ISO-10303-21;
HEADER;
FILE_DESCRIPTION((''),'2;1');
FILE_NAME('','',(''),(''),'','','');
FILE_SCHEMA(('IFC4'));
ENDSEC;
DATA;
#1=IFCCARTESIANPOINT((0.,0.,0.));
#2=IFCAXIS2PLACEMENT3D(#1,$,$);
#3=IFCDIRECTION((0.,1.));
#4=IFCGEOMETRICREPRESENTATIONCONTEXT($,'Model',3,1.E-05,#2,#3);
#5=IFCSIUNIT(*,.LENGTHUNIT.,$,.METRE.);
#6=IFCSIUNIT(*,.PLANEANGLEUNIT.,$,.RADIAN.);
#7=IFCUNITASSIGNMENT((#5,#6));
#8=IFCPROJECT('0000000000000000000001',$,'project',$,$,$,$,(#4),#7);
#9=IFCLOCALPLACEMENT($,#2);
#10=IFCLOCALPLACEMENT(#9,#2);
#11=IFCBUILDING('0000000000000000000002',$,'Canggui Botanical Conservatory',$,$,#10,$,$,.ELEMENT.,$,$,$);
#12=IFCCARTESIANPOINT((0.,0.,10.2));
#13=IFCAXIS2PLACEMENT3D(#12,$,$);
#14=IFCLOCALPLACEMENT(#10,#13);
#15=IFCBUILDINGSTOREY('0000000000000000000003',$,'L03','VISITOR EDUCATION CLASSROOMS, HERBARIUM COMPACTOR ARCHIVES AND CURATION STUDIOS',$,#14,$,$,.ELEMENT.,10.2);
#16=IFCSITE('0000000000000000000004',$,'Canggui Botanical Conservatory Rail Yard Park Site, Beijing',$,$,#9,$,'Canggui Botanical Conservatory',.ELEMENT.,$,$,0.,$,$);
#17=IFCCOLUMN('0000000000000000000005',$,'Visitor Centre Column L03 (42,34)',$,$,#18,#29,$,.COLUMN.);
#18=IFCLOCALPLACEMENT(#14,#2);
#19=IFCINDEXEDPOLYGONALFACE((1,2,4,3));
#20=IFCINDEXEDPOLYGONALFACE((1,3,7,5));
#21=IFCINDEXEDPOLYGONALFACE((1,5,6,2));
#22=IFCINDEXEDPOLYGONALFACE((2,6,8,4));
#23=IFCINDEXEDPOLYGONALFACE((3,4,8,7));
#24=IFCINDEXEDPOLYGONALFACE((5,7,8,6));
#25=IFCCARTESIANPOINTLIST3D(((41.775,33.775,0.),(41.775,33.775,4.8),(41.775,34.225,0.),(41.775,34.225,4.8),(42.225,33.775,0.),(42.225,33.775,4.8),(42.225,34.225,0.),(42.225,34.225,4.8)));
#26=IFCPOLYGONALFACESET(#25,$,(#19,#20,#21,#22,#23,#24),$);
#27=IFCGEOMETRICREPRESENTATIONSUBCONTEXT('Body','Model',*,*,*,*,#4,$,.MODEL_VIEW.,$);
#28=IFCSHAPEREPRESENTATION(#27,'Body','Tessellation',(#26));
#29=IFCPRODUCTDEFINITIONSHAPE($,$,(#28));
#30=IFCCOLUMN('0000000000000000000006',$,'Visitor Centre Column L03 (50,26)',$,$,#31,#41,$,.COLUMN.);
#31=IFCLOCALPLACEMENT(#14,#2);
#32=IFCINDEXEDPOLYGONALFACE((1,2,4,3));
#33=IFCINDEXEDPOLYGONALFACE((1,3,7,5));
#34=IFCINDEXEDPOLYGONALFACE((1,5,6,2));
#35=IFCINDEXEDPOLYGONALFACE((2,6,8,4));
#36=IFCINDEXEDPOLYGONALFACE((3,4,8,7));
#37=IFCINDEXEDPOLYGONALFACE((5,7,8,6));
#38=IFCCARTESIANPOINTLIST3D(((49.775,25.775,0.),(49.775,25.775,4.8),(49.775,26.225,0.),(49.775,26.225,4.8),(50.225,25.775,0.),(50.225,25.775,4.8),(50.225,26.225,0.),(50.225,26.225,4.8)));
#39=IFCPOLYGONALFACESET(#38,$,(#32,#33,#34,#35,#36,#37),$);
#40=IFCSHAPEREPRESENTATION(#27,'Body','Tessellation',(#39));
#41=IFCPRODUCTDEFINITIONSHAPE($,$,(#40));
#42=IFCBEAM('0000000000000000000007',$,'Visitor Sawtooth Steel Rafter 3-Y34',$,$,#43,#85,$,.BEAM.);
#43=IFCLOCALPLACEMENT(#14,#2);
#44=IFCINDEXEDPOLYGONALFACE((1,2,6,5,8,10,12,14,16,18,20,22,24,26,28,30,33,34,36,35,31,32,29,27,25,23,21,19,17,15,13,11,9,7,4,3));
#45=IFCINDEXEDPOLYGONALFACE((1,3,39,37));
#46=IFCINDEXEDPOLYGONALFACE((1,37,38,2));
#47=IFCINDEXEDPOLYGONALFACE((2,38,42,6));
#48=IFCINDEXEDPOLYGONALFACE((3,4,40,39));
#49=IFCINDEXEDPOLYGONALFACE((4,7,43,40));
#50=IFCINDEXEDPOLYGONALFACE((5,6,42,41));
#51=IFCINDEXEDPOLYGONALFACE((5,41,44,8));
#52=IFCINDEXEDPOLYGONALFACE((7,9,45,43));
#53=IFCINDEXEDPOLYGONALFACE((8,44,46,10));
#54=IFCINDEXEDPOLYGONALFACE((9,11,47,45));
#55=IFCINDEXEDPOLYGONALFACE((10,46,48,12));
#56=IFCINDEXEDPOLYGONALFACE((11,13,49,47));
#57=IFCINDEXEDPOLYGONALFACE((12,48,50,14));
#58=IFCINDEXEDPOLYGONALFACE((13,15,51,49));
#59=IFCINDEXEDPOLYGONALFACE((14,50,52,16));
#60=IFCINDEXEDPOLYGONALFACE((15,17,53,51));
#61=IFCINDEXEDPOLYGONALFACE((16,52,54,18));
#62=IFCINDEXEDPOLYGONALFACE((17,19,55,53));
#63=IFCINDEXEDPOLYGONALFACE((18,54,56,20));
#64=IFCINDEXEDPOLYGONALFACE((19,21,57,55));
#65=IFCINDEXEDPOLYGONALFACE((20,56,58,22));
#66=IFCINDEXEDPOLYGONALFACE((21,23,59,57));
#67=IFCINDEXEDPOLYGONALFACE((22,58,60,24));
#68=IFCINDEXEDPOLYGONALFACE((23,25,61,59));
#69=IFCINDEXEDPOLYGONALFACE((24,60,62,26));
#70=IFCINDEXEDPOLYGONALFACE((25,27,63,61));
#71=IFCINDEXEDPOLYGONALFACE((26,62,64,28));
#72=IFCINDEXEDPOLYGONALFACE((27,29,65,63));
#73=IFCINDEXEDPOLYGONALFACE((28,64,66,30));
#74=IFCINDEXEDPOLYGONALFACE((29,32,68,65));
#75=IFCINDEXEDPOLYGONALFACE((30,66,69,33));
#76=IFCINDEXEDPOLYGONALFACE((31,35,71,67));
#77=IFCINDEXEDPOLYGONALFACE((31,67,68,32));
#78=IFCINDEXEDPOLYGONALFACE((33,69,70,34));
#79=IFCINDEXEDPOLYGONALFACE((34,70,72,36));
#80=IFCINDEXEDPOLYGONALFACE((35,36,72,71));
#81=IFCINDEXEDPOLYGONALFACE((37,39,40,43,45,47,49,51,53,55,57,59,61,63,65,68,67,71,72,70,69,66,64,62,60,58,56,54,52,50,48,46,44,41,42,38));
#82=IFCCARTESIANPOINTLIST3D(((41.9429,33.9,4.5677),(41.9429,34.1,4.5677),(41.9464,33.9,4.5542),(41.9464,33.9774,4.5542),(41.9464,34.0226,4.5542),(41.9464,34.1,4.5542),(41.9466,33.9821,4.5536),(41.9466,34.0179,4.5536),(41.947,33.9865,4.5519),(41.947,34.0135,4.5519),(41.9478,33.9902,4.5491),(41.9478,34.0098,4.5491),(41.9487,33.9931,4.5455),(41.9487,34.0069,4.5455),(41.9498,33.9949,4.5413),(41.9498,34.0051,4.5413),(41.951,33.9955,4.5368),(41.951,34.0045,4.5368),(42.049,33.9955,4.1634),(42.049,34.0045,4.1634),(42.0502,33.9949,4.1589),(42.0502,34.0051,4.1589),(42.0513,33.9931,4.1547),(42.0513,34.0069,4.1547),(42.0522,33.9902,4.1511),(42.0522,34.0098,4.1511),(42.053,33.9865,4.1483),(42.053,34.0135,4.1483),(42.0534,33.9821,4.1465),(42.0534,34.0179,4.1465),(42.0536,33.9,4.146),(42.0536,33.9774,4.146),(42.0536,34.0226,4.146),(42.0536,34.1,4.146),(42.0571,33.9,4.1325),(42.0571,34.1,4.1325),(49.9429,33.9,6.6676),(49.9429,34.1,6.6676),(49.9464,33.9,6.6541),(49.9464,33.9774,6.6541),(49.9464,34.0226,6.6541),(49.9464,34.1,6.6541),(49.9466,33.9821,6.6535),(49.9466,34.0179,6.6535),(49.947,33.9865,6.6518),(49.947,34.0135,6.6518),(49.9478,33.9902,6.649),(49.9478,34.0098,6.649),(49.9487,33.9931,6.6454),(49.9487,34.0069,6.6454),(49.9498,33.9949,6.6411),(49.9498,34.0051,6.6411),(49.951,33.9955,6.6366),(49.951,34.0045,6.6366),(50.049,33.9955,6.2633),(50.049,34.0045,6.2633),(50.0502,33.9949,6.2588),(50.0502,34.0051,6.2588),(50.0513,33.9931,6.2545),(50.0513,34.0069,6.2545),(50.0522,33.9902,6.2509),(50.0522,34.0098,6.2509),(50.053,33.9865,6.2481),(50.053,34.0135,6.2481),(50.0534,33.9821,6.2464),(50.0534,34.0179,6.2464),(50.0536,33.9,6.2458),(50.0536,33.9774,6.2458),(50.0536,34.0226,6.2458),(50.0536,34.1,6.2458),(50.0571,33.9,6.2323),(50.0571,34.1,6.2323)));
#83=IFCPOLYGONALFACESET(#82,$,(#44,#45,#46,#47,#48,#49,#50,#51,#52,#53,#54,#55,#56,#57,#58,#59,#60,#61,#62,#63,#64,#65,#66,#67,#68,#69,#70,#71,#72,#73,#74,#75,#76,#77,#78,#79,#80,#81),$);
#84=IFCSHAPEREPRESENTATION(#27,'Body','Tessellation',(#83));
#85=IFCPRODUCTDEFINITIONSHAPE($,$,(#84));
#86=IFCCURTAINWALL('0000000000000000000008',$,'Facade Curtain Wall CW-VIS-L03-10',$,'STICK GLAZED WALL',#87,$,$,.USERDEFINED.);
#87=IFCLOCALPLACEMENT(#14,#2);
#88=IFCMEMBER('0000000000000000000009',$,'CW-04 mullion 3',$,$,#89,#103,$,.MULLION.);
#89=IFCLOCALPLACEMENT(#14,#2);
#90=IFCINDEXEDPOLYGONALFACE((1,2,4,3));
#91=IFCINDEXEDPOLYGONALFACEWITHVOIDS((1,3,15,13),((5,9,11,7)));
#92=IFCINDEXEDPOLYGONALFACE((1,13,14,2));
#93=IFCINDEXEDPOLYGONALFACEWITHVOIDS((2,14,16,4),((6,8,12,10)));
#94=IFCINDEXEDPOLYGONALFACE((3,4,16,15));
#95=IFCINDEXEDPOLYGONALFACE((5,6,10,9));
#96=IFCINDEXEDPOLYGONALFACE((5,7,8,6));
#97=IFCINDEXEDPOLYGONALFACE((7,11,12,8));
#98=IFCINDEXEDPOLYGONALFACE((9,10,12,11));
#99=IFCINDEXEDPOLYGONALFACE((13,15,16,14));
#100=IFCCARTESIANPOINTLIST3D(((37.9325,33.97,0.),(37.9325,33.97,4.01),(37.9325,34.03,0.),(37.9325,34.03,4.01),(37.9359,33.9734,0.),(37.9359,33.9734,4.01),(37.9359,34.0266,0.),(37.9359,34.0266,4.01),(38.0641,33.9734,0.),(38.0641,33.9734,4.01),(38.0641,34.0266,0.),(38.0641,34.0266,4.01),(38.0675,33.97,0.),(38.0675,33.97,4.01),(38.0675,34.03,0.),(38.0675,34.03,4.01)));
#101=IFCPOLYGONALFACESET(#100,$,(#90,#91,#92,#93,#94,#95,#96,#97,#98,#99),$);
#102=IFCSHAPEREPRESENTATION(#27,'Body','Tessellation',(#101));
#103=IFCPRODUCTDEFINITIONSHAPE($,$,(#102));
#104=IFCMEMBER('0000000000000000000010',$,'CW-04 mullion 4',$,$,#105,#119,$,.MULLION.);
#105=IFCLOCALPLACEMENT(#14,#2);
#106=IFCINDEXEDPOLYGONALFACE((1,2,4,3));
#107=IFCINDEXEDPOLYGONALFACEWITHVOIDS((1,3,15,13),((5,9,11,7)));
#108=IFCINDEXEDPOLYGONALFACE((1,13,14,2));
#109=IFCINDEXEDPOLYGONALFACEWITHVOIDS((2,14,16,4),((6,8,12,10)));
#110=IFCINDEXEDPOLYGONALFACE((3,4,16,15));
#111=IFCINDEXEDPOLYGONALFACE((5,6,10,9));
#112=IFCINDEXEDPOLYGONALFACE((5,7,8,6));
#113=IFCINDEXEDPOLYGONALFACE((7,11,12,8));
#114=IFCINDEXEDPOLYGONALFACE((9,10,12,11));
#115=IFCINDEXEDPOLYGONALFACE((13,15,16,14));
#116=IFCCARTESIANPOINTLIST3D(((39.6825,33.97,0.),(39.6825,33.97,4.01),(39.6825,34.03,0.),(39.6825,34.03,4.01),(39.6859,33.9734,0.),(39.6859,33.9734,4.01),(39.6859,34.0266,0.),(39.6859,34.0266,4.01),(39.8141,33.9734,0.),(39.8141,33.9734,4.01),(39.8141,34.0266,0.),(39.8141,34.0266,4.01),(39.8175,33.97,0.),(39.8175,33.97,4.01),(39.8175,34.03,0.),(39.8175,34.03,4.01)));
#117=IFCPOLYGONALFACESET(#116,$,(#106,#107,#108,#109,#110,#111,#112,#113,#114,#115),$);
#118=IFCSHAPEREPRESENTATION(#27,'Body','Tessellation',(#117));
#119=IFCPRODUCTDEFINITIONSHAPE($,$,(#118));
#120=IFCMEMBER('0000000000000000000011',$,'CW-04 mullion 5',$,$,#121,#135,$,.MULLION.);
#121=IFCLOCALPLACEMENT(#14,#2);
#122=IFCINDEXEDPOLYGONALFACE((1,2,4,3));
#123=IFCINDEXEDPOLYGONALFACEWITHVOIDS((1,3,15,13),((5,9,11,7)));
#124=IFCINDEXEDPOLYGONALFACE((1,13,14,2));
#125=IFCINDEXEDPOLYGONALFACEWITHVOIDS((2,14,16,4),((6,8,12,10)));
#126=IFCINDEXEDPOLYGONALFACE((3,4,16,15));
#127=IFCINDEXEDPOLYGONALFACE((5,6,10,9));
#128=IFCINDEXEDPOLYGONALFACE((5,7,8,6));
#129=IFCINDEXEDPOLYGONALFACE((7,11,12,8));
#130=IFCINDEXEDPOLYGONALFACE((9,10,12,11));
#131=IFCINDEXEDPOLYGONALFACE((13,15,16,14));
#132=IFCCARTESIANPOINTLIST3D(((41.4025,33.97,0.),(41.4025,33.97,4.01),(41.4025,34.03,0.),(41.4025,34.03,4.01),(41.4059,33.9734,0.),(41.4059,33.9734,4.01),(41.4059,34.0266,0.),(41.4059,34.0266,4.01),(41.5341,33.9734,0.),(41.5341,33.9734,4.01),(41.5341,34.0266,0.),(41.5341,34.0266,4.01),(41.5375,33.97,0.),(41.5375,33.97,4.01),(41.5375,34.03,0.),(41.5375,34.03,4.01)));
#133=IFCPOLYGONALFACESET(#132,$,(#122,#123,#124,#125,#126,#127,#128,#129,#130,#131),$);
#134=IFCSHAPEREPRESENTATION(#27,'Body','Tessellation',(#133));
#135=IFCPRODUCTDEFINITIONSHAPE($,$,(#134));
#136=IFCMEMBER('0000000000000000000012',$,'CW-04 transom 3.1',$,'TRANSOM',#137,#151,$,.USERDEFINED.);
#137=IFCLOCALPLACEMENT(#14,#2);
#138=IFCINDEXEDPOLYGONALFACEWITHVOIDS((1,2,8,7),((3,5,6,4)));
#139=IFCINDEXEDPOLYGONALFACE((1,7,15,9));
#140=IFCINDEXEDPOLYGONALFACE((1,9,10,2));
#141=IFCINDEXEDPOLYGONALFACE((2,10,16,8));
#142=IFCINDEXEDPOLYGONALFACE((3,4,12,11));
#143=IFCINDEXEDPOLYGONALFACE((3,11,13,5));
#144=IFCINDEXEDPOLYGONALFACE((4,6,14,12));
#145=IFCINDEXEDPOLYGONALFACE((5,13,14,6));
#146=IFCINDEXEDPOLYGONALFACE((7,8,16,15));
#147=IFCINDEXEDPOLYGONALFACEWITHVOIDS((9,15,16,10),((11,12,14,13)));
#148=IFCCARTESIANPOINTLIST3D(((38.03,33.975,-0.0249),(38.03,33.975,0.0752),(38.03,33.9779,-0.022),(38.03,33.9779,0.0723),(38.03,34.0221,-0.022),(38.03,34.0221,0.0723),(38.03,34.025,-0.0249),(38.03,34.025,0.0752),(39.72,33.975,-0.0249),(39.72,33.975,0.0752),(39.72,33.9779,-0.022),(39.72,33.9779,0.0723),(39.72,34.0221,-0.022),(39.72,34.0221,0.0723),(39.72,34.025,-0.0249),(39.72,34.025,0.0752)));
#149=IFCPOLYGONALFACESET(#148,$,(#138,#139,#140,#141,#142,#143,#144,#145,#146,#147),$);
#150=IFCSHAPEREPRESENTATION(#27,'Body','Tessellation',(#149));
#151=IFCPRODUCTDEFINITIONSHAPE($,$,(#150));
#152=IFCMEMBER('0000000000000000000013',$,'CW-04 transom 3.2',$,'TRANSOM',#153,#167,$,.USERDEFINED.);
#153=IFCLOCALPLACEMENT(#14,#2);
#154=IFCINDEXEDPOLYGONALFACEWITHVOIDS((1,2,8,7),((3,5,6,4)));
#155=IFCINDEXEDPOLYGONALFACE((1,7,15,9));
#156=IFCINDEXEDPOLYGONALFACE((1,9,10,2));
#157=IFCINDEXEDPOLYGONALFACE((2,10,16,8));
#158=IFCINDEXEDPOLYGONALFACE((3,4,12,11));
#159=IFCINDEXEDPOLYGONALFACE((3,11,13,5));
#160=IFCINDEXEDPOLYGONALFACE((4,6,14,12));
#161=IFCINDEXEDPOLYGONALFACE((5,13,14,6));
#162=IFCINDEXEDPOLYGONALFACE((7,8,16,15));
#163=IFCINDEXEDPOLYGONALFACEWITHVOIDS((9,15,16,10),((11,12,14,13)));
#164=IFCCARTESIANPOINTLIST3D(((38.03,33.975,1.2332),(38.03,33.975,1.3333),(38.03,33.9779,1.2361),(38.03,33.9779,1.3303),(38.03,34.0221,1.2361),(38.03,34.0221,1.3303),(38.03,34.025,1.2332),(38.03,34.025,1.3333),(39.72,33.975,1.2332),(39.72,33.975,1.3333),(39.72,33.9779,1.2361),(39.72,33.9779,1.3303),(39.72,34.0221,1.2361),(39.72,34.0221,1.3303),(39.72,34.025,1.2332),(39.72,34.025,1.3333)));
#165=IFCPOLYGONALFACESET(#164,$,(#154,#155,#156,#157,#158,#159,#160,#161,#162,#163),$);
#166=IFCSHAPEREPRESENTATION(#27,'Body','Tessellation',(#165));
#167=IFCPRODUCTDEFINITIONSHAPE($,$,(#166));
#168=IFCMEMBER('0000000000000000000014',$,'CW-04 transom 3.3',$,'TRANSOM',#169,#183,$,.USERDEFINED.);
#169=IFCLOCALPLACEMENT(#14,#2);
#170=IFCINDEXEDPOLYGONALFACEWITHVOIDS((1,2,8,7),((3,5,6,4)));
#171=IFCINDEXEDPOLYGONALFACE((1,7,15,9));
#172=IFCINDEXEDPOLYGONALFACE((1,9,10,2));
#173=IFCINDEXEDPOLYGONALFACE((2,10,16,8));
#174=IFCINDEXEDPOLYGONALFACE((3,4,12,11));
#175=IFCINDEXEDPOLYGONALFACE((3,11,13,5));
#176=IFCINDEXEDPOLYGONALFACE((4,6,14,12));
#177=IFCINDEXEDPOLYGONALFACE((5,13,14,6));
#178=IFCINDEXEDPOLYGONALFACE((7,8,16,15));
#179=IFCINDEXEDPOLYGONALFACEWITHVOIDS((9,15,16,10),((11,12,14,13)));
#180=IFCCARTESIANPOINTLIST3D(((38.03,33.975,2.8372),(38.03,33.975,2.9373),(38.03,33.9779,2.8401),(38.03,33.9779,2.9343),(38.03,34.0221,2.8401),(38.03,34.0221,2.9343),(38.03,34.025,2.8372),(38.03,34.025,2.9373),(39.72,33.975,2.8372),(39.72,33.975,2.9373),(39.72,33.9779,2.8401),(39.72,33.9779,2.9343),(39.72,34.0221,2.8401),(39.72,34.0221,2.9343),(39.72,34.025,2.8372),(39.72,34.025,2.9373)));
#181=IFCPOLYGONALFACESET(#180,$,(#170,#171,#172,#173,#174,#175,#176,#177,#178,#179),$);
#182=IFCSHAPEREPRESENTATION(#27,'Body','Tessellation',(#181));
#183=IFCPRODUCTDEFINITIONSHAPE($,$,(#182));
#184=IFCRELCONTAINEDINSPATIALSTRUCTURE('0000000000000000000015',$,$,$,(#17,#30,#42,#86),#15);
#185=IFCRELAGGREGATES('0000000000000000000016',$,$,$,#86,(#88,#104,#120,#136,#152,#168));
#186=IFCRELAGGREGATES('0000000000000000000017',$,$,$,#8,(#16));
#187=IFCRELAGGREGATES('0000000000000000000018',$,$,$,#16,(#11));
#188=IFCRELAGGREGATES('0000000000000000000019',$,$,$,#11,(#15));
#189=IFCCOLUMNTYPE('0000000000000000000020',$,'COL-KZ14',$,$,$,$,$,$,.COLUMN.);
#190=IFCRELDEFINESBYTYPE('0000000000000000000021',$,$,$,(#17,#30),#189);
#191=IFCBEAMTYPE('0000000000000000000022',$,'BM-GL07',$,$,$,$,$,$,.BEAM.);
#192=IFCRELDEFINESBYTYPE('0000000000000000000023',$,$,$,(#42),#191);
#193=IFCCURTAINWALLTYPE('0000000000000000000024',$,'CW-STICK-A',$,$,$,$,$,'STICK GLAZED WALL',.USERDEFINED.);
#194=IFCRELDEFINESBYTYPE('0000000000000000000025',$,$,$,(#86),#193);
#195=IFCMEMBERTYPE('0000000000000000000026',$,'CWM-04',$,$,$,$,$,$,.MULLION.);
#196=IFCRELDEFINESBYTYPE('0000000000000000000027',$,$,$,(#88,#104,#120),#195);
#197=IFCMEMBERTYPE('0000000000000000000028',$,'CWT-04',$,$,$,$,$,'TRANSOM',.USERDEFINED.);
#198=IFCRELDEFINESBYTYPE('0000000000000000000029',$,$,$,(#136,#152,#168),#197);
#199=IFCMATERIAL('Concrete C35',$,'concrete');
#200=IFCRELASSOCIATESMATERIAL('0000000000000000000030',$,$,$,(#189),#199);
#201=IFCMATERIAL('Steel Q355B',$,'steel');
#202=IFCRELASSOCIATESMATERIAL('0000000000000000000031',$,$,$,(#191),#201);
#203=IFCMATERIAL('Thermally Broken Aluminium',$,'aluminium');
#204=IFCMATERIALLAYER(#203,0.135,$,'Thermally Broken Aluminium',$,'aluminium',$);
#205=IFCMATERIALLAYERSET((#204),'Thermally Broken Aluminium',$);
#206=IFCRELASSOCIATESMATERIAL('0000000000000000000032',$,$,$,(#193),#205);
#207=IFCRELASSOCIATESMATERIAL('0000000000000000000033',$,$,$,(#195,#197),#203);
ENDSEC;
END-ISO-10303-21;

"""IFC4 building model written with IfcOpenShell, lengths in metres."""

from ifc_helpers import new_model, si_unit, direction, frame, origin, origin_2d, place, context, subcontext, project, spatial, rectangle, hollow_rectangle, i_section, extrude, material, layer, layer_set, material_profile, profile_set, type_object, element, aggregate, save


model = new_model("IFC4")

# Units and contexts
model_context = context("Model", 3, precision=1e-05, world=origin(), true_north=direction((0.0, 1.0)))
body_context = subcontext(model_context, "Body", "Model", "MODEL_VIEW")
ifc_project = project(units=[si_unit("LENGTHUNIT", "METRE"), si_unit("PLANEANGLEUNIT", "RADIAN")], contexts=[model_context])

# Site, building, storey
site_placement = place(None, origin())
site = spatial("IfcSite", under=ifc_project, at=site_placement, Name="Canggui Botanical Conservatory Rail Yard Park Site, Beijing", LongName="Canggui Botanical Conservatory", CompositionType="ELEMENT", RefElevation=0.0)
building_placement = place(site_placement, origin())
building = spatial("IfcBuilding", under=site, at=building_placement, Name="Canggui Botanical Conservatory", CompositionType="ELEMENT")
storey_placement = place(building_placement, frame((0.0, 0.0, 10.2)))
storey = spatial("IfcBuildingStorey", under=building, at=storey_placement, Name="L03", Description="VISITOR EDUCATION CLASSROOMS, HERBARIUM COMPACTOR ARCHIVES AND CURATION STUDIOS", CompositionType="ELEMENT", Elevation=10.2)

# Columns
ifc_material_1 = material(Name="Concrete C35", Category="concrete")
ifc_material_profile_1 = material_profile(ifc_material_1, rectangle(XDim=0.45, YDim=0.45, at=origin_2d()), Name="RC 450x450")
ifc_profile_set_1 = profile_set([ifc_material_profile_1], Name="Concrete C35")
column_type = type_object("IfcColumnType", Name="COL-KZ14", PredefinedType="COLUMN", material=ifc_profile_set_1)
for number, where, z_axis, x_axis, name in (
    (1, (42.0, 34.0, 0.0), (0.0, 0.0, 1.0), (1.0, 0.0, 0.0), "Visitor Centre Column L03 (42,34)"),
    (2, (50.0, 26.0, 0.0), (0.0, 0.0, 1.0), (1.0, 0.0, 0.0), "Visitor Centre Column L03 (50,26)"),
):
    element("IfcColumn", number, at=place(storey_placement, frame(where, z_axis=z_axis, x_axis=x_axis)), inside=storey, type_object=column_type, Name=name, PredefinedType="COLUMN", context=body_context, shape_type="SweptSolid", body=[
        extrude(rectangle(XDim=0.45, YDim=0.45, at=origin_2d()), origin(), (0.0, 0.0, 1.0), 4.8),
    ])

# Beam
ifc_material_2 = material(Name="Steel Q355B", Category="steel")
ifc_material_profile_2 = material_profile(ifc_material_2, i_section(OverallWidth=0.2, OverallDepth=0.45, WebThickness=0.009, FlangeThickness=0.0139, FilletRadius=0.0181, at=origin_2d()), Name="HN 450x200x9x14")
ifc_profile_set_2 = profile_set([ifc_material_profile_2], Name="Steel Q355B")
beam_type = type_object("IfcBeamType", Name="BM-GL07", PredefinedType="BEAM", material=ifc_profile_set_2)
beam_placement = place(storey_placement, frame((42.0, 34.0, 4.3501), z_axis=(0.967235, 0.0, 0.253882), x_axis=(0.0, 1.0, 0.0)))
element("IfcBeam", 3, at=beam_placement, inside=storey, type_object=beam_type, Name="Visitor Sawtooth Steel Rafter 3-Y34", PredefinedType="BEAM", context=body_context, shape_type="SweptSolid", body=[
    extrude(i_section(OverallWidth=0.2, OverallDepth=0.45, WebThickness=0.009, FlangeThickness=0.0139, FilletRadius=0.0181, at=origin_2d()), origin(), (0.0, 0.0, 1.0), 8.271),
])

# Curtain wall, members
ifc_material_3 = material(Name="Thermally Broken Aluminium", Category="aluminium")
ifc_layer_1 = layer(ifc_material_3, 0.135, Name="Thermally Broken Aluminium", Category="aluminium")
ifc_layer_set_1 = layer_set([ifc_layer_1], Name="Thermally Broken Aluminium")
curtain_wall_type = type_object("IfcCurtainWallType", Name="CW-STICK-A", ElementType="STICK GLAZED WALL", PredefinedType="USERDEFINED", material=ifc_layer_set_1)
curtain_wall_placement = place(storey_placement, origin())
curtain_wall = element("IfcCurtainWall", 4, at=curtain_wall_placement, inside=storey, type_object=curtain_wall_type, Name="Facade Curtain Wall CW-VIS-L03-10", ObjectType="STICK GLAZED WALL", PredefinedType="USERDEFINED")
ifc_material_profile_3 = material_profile(ifc_material_3, hollow_rectangle(XDim=0.0601, YDim=0.135, WallThickness=0.0034, at=origin_2d()), Name="CWM 60x135x3.5")
ifc_profile_set_3 = profile_set([ifc_material_profile_3], Name="Thermally Broken Aluminium")
member_type_1 = type_object("IfcMemberType", Name="CWM-04", PredefinedType="MULLION", material=ifc_profile_set_3)
member_1_placement = place(storey_placement, frame((38.0, 34.0, 0.0), z_axis=(0.0, 0.0, 1.0), x_axis=(0.0, 1.0, 0.0)))
member_1 = element("IfcMember", 5, at=member_1_placement, type_object=member_type_1, Name="CW-04 mullion 3", PredefinedType="MULLION", context=body_context, shape_type="SweptSolid", body=[
    extrude(hollow_rectangle(XDim=0.0601, YDim=0.135, WallThickness=0.0034, at=origin_2d()), origin(), (0.0, 0.0, 1.0), 4.01),
])
member_2_placement = place(storey_placement, frame((39.75, 34.0, 0.0), z_axis=(0.0, 0.0, 1.0), x_axis=(0.0, 1.0, 0.0)))
member_2 = element("IfcMember", 6, at=member_2_placement, type_object=member_type_1, Name="CW-04 mullion 4", PredefinedType="MULLION", context=body_context, shape_type="SweptSolid", body=[
    extrude(hollow_rectangle(XDim=0.0601, YDim=0.135, WallThickness=0.0034, at=origin_2d()), origin(), (0.0, 0.0, 1.0), 4.01),
])
member_3_placement = place(storey_placement, frame((41.47, 34.0, 0.0), z_axis=(0.0, 0.0, 1.0), x_axis=(0.0, 1.0, 0.0)))
member_3 = element("IfcMember", 7, at=member_3_placement, type_object=member_type_1, Name="CW-04 mullion 5", PredefinedType="MULLION", context=body_context, shape_type="SweptSolid", body=[
    extrude(hollow_rectangle(XDim=0.0601, YDim=0.135, WallThickness=0.0034, at=origin_2d()), origin(), (0.0, 0.0, 1.0), 4.01),
])
ifc_material_profile_4 = material_profile(ifc_material_3, hollow_rectangle(XDim=0.05, YDim=0.1001, WallThickness=0.0029, at=origin_2d()), Name="CWT 50x100x3")
ifc_profile_set_4 = profile_set([ifc_material_profile_4], Name="Thermally Broken Aluminium")
member_type_2 = type_object("IfcMemberType", Name="CWT-04", ElementType="TRANSOM", PredefinedType="USERDEFINED", material=ifc_profile_set_4)
member_4_placement = place(storey_placement, frame((38.03, 34.0, 0.0251), z_axis=(1.0, 0.0, 0.0), x_axis=(0.0, 1.0, 0.0)))
member_4 = element("IfcMember", 8, at=member_4_placement, type_object=member_type_2, Name="CW-04 transom 3.1", ObjectType="TRANSOM", PredefinedType="USERDEFINED", context=body_context, shape_type="SweptSolid", body=[
    extrude(hollow_rectangle(XDim=0.05, YDim=0.1001, WallThickness=0.0029, at=origin_2d()), origin(), (0.0, 0.0, 1.0), 1.6899),
])
member_5_placement = place(storey_placement, frame((38.03, 34.0, 1.2832), z_axis=(1.0, 0.0, 0.0), x_axis=(0.0, 1.0, 0.0)))
member_5 = element("IfcMember", 9, at=member_5_placement, type_object=member_type_2, Name="CW-04 transom 3.2", ObjectType="TRANSOM", PredefinedType="USERDEFINED", context=body_context, shape_type="SweptSolid", body=[
    extrude(hollow_rectangle(XDim=0.05, YDim=0.1001, WallThickness=0.0029, at=origin_2d()), origin(), (0.0, 0.0, 1.0), 1.6899),
])
member_6_placement = place(storey_placement, frame((38.03, 34.0, 2.8872), z_axis=(1.0, 0.0, 0.0), x_axis=(0.0, 1.0, 0.0)))
member_6 = element("IfcMember", 10, at=member_6_placement, type_object=member_type_2, Name="CW-04 transom 3.3", ObjectType="TRANSOM", PredefinedType="USERDEFINED", context=body_context, shape_type="SweptSolid", body=[
    extrude(hollow_rectangle(XDim=0.05, YDim=0.1001, WallThickness=0.0029, at=origin_2d()), origin(), (0.0, 0.0, 1.0), 1.6899),
])

aggregate(curtain_wall, [member_1, member_2, member_3, member_4, member_5, member_6])

save(model, "model.ifc")
